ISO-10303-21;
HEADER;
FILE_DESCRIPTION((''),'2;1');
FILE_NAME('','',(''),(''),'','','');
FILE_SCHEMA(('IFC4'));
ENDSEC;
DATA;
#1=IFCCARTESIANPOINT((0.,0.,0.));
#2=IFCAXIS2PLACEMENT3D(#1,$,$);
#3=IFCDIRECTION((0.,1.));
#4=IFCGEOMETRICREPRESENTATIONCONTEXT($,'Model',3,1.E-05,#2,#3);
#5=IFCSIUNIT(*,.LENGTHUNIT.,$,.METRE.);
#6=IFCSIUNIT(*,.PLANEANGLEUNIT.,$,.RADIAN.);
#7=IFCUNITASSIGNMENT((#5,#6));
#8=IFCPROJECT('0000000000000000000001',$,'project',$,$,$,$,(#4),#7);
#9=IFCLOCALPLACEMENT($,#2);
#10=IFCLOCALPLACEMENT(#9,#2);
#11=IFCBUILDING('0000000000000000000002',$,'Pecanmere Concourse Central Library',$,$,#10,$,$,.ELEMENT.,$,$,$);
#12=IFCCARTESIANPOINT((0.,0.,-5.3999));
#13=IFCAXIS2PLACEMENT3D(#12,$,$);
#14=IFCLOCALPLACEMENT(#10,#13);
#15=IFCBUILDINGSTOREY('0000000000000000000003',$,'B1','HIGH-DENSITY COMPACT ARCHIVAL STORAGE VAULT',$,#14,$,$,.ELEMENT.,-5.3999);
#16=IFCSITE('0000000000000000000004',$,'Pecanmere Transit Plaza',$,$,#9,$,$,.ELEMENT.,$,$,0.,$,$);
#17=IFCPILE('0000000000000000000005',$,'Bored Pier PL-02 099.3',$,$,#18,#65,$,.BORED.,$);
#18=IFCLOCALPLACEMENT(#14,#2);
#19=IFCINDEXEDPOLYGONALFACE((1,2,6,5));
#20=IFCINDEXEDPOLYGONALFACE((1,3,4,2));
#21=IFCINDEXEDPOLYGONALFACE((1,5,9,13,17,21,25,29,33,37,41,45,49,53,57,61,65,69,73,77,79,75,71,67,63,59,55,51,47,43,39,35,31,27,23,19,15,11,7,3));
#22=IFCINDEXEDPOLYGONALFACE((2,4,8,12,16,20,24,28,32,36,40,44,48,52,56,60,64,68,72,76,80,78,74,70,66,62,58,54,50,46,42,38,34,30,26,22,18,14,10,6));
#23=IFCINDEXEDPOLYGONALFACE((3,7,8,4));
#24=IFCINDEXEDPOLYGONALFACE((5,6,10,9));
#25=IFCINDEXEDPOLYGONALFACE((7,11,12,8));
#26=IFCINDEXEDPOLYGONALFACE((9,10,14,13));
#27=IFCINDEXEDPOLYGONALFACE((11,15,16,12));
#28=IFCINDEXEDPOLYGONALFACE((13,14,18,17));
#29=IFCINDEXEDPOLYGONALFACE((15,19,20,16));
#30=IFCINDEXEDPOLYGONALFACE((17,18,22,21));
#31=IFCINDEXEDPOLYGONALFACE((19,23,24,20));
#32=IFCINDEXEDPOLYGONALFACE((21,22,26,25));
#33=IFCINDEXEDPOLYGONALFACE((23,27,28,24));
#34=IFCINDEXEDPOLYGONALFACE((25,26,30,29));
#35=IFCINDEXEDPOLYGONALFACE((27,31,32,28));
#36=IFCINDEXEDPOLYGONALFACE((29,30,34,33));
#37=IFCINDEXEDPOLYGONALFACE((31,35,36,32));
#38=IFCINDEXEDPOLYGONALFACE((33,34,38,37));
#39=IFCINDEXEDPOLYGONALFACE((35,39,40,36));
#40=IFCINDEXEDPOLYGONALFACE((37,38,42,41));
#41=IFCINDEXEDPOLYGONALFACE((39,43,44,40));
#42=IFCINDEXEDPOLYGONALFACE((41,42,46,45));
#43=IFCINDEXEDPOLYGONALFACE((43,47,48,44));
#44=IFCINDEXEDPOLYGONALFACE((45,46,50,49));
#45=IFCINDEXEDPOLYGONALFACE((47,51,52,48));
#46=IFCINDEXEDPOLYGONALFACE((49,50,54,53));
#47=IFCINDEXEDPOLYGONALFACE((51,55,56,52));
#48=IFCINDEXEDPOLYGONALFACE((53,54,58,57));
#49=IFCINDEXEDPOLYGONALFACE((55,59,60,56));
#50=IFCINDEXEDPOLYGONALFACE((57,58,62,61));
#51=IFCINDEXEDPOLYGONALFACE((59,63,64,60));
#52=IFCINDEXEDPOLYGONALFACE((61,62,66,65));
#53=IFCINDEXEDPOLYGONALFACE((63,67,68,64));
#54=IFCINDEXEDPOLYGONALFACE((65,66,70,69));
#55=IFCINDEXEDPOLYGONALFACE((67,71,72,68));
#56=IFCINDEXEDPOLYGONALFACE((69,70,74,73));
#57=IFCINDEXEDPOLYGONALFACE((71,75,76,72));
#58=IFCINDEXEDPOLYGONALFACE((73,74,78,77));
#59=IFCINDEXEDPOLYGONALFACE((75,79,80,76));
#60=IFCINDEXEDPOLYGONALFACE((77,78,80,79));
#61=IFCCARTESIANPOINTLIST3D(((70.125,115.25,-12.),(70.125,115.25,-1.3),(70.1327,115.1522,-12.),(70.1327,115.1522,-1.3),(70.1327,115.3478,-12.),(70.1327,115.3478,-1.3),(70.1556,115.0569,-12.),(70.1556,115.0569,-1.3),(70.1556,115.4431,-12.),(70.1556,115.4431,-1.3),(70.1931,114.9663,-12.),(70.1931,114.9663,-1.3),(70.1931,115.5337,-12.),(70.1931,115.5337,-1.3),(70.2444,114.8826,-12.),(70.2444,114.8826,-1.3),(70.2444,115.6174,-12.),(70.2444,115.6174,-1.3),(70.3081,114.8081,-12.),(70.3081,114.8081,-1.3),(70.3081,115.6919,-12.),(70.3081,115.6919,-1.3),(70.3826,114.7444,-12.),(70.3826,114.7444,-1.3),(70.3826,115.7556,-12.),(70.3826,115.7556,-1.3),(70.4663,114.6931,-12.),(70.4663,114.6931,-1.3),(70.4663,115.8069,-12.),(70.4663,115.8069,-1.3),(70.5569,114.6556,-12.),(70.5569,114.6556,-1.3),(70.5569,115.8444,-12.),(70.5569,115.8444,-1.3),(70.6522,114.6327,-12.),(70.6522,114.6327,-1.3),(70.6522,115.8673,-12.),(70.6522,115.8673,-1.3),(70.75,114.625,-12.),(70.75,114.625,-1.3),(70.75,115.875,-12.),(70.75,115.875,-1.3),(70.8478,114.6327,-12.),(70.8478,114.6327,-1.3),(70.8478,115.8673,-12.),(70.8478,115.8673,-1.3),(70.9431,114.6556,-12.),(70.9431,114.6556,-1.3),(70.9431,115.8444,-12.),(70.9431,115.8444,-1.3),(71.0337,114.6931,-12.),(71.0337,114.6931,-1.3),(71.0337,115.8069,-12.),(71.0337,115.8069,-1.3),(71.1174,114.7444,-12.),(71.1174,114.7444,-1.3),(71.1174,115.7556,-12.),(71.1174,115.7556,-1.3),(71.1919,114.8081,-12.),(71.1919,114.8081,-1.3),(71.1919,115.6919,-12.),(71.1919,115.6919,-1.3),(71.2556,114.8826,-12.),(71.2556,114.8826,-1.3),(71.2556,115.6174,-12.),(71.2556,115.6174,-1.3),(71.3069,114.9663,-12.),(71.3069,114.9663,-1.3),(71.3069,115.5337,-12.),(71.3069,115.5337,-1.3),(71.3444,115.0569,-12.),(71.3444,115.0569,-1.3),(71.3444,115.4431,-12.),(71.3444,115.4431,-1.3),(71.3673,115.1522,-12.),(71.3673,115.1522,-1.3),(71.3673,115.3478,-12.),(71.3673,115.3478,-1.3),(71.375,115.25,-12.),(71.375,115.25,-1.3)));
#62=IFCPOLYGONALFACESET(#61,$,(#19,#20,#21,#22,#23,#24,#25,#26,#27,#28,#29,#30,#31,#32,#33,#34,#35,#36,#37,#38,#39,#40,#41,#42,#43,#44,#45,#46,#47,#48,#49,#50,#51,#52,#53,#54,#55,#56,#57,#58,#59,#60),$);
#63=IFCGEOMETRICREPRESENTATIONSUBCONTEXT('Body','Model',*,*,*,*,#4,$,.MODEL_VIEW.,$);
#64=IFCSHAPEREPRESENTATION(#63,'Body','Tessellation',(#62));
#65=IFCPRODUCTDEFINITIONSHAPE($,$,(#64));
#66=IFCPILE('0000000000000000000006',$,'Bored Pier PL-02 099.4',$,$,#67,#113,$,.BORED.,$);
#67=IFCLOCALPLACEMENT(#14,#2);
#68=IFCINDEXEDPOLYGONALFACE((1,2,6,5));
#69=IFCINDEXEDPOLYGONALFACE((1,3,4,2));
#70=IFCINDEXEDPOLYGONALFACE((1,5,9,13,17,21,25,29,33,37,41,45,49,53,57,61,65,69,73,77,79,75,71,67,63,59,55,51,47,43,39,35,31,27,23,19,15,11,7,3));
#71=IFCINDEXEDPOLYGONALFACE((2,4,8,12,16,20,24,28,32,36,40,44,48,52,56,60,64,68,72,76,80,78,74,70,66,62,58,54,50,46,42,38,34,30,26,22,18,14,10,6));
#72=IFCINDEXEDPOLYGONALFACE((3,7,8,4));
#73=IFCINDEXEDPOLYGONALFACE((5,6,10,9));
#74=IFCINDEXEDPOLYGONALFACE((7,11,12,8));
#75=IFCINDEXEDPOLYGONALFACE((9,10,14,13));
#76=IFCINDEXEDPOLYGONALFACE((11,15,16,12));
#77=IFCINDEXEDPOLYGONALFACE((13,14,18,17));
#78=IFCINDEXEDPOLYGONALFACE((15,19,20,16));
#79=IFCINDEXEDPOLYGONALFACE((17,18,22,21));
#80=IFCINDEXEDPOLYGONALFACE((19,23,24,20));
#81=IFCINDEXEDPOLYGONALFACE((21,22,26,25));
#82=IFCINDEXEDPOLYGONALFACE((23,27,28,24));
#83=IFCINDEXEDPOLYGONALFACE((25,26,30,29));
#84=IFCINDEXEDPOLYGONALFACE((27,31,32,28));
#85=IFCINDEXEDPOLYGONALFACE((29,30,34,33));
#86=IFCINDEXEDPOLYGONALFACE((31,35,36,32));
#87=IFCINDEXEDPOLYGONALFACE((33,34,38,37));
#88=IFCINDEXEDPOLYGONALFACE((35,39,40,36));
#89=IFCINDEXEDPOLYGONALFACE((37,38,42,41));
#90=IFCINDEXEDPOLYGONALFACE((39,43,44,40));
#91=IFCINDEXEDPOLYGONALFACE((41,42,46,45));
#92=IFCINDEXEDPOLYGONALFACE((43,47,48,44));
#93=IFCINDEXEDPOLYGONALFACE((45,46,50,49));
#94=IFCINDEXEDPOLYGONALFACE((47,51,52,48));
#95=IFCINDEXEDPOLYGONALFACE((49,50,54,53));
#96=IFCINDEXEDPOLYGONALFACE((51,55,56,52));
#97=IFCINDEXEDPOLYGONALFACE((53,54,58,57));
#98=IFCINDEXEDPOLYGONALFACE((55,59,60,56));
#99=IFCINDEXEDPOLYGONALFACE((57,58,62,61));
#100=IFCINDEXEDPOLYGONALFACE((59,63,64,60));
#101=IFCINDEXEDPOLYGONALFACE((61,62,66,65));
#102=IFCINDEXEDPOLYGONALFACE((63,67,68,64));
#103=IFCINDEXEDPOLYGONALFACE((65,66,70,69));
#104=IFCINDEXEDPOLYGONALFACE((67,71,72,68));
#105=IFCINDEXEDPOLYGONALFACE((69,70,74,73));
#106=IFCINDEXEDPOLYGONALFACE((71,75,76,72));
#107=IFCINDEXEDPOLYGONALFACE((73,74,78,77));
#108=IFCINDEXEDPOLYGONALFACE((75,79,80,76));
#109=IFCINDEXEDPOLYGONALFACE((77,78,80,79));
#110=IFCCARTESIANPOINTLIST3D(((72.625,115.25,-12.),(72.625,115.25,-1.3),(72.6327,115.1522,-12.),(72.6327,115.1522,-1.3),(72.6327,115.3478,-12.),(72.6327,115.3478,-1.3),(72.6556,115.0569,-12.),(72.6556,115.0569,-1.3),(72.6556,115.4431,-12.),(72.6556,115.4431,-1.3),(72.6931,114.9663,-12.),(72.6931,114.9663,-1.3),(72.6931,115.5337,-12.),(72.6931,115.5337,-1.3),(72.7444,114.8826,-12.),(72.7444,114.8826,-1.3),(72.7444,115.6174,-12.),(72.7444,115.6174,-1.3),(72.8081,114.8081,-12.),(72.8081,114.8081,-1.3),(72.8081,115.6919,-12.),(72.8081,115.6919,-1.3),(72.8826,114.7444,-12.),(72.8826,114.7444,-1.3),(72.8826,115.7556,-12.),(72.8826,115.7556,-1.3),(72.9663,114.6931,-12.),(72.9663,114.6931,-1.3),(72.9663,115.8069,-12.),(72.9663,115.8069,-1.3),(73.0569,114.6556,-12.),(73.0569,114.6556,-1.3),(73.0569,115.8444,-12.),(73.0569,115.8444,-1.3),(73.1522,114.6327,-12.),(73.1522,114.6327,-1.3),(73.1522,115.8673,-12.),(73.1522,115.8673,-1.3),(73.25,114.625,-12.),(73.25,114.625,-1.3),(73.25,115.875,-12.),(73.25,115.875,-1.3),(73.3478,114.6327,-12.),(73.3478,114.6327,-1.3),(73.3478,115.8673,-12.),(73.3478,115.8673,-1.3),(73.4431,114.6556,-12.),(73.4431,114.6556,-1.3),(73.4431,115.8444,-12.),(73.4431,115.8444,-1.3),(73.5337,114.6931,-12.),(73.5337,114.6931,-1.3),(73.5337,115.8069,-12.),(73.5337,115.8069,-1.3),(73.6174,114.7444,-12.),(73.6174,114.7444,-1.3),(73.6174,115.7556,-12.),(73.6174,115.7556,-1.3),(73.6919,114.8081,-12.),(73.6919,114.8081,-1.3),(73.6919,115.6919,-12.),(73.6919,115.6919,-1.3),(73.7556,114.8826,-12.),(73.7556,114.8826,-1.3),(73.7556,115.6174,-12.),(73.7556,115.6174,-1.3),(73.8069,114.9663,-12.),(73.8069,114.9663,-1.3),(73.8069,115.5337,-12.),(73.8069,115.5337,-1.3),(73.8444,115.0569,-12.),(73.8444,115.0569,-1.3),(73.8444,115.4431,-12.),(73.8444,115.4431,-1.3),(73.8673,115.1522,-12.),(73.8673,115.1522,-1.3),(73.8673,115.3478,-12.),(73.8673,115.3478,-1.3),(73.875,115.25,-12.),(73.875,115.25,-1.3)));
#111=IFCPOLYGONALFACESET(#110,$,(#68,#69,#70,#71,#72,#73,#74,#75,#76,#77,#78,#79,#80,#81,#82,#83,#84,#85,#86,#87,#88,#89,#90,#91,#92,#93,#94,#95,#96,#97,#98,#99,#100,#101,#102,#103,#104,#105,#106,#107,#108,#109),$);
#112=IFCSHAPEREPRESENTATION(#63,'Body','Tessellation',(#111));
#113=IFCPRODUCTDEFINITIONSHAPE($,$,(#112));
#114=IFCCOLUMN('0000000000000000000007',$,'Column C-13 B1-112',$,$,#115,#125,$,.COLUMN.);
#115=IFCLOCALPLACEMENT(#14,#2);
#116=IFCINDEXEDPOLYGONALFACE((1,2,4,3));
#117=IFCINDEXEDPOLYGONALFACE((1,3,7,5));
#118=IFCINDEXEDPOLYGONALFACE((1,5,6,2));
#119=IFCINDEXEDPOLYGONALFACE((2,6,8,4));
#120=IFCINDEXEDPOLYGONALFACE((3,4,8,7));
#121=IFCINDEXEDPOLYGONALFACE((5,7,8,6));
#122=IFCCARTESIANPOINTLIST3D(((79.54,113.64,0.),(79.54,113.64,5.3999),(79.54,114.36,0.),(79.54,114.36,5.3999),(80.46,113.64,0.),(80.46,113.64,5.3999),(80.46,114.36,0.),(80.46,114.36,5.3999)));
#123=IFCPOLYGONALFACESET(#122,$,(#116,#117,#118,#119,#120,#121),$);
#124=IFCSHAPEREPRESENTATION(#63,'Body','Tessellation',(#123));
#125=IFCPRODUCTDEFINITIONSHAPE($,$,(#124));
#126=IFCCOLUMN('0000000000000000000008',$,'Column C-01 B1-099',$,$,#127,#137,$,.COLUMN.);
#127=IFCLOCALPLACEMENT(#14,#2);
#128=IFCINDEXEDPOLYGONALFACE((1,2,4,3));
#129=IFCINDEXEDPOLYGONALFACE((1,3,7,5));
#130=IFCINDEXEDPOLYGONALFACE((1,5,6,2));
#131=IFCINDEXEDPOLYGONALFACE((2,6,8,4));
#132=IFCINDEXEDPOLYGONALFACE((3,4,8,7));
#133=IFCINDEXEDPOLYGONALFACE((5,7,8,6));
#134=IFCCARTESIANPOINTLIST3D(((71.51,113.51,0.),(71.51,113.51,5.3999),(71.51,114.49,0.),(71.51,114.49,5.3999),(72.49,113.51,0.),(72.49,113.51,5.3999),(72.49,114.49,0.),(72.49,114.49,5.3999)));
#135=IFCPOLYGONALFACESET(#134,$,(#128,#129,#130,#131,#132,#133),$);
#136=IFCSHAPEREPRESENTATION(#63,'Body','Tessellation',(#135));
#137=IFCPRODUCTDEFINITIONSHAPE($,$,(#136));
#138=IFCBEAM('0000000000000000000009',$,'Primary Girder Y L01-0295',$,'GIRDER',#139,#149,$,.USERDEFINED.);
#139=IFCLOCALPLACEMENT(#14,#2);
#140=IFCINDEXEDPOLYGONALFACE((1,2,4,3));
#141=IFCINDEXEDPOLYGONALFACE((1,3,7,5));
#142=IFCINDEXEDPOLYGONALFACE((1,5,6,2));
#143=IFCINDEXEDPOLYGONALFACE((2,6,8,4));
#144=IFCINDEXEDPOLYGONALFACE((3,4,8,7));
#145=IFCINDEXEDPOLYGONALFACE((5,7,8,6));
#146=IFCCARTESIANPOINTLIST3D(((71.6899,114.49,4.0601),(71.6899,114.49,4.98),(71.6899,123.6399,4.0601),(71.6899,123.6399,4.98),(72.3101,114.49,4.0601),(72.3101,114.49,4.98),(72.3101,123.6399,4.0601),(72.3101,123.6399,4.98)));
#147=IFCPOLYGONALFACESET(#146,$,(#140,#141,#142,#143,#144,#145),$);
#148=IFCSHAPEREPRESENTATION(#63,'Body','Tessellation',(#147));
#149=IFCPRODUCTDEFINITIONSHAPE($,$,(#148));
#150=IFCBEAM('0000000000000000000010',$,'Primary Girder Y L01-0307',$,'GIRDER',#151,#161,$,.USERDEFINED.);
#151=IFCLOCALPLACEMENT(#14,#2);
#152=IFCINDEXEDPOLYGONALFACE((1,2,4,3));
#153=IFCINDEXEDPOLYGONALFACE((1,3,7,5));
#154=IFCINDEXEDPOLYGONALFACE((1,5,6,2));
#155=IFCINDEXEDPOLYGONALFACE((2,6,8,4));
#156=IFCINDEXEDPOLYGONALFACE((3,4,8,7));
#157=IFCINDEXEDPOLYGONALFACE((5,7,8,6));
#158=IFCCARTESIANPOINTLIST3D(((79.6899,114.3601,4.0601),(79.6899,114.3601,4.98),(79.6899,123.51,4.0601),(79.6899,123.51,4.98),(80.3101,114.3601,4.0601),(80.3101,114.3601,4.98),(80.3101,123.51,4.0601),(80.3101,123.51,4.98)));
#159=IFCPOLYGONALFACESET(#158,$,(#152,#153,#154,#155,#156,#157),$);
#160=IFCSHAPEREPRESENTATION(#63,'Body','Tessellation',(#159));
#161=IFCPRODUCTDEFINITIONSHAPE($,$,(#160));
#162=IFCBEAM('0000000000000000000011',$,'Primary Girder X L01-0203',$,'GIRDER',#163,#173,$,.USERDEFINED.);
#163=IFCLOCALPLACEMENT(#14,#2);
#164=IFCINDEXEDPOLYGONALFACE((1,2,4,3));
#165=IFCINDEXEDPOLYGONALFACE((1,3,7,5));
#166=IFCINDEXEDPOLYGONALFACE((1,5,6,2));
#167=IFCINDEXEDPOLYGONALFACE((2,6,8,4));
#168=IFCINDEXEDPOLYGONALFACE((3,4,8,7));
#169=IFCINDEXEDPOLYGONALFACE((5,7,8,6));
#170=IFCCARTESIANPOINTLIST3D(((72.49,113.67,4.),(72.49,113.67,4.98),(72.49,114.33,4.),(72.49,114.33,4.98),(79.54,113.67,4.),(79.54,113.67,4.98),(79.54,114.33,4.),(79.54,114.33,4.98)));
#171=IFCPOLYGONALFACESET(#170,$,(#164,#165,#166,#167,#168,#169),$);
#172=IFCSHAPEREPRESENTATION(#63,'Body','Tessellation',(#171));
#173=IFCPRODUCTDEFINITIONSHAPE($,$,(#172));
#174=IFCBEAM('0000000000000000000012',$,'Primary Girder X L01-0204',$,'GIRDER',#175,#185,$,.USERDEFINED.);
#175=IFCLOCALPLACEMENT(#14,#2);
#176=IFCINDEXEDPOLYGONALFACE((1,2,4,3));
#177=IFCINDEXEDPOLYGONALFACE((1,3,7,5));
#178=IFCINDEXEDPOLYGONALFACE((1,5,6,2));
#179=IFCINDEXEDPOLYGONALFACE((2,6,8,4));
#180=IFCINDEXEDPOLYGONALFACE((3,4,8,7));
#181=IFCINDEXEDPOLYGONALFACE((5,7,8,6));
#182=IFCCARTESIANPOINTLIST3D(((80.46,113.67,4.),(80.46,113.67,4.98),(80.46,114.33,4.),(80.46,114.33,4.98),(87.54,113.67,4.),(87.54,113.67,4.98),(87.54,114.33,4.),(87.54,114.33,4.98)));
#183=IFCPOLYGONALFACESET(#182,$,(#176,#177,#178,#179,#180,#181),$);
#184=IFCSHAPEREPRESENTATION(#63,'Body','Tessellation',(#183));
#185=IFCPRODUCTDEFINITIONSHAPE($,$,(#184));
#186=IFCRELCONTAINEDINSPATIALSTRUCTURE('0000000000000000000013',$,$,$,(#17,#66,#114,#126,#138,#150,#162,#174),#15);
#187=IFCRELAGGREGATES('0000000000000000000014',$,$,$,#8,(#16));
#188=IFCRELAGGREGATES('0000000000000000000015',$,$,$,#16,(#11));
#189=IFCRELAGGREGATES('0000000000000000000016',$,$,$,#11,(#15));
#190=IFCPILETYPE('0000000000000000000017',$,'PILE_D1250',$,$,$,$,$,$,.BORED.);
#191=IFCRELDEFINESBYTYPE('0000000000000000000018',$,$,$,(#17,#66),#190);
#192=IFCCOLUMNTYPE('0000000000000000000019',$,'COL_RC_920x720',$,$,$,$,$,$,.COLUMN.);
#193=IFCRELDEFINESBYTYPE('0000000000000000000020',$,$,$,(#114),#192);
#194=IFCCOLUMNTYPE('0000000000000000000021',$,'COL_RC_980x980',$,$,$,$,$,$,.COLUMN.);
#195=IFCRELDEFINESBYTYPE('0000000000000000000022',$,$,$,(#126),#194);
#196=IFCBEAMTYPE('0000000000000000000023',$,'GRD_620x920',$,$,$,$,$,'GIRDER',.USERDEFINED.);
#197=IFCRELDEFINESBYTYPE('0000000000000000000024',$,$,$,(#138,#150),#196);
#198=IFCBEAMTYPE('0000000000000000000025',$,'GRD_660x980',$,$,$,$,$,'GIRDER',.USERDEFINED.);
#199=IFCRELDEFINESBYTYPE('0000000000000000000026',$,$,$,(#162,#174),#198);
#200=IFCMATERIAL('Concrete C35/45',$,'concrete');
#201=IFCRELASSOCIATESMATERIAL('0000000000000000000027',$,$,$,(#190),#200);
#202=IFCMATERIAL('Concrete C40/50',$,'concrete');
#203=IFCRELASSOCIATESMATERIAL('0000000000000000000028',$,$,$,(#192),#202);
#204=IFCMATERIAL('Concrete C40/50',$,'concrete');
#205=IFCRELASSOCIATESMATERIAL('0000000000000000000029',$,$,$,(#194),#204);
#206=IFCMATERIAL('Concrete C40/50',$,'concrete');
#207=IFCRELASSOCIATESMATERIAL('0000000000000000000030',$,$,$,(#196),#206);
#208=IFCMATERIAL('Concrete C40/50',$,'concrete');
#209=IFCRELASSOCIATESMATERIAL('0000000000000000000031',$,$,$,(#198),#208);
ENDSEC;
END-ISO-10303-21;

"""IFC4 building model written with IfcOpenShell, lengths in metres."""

from ifc_helpers import new_model, si_unit, direction, frame, origin, origin_2d, place, context, subcontext, project, spatial, rectangle, circle, extrude, material, material_profile, profile_set, type_object, element, save


model = new_model("IFC4")

# Units and contexts
model_context = context("Model", 3, precision=1e-05, world=origin(), true_north=direction((0.0, 1.0)))
body_context = subcontext(model_context, "Body", "Model", "MODEL_VIEW")
ifc_project = project(units=[si_unit("LENGTHUNIT", "METRE"), si_unit("PLANEANGLEUNIT", "RADIAN")], contexts=[model_context])

# Site, building, storey
site_placement = place(None, origin())
site = spatial("IfcSite", under=ifc_project, at=site_placement, Name="Pecanmere Transit Plaza", CompositionType="ELEMENT", RefElevation=0.0)
building_placement = place(site_placement, origin())
building = spatial("IfcBuilding", under=site, at=building_placement, Name="Pecanmere Concourse Central Library", CompositionType="ELEMENT")
storey_placement = place(building_placement, frame((0.0, 0.0, -5.3999)))
storey = spatial("IfcBuildingStorey", under=building, at=storey_placement, Name="B1", Description="HIGH-DENSITY COMPACT ARCHIVAL STORAGE VAULT", CompositionType="ELEMENT", Elevation=-5.3999)

# Piles
ifc_material_1 = material(Name="Concrete C35/45", Category="concrete")
ifc_material_profile_1 = material_profile(ifc_material_1, circle(Radius=0.625, at=origin_2d()), Name="PIER D1250")
ifc_profile_set_1 = profile_set([ifc_material_profile_1], Name="Concrete C35/45")
pile_type_1 = type_object("IfcPileType", Name="PILE_D1250", PredefinedType="BORED", material=ifc_profile_set_1)
for number, where, z_axis, x_axis, name in (
    (1, (70.75, 115.25, -1.3), (0.0, 0.0, -1.0), (1.0, 0.0, 0.0), "Bored Pier PL-02 099.3"),
    (2, (73.25, 115.25, -1.3), (0.0, 0.0, -1.0), (1.0, 0.0, 0.0), "Bored Pier PL-02 099.4"),
):
    element("IfcPile", number, at=place(storey_placement, frame(where, z_axis=z_axis, x_axis=x_axis)), inside=storey, type_object=pile_type_1, Name=name, PredefinedType="BORED", context=body_context, shape_type="SweptSolid", body=[
        extrude(circle(Radius=0.625, at=origin_2d()), origin(), (0.0, 0.0, 1.0), 10.7),
    ])

# Columns
ifc_material_2 = material(Name="Concrete C40/50", Category="concrete")
ifc_material_profile_2 = material_profile(ifc_material_2, rectangle(XDim=0.9199, YDim=0.72, at=origin_2d()), Name="RC 920x720")
ifc_profile_set_2 = profile_set([ifc_material_profile_2], Name="Concrete C40/50")
column_type_1 = type_object("IfcColumnType", Name="COL_RC_920x720", PredefinedType="COLUMN", material=ifc_profile_set_2)
column_1_placement = place(storey_placement, frame((80.0, 114.0, 0.0), z_axis=(0.0, 0.0, 1.0), x_axis=(1.0, 0.0, 0.0)))
element("IfcColumn", 3, at=column_1_placement, inside=storey, type_object=column_type_1, Name="Column C-13 B1-112", PredefinedType="COLUMN", context=body_context, shape_type="SweptSolid", body=[
    extrude(rectangle(XDim=0.9199, YDim=0.72, at=origin_2d()), origin(), (0.0, 0.0, 1.0), 5.3999),
])
ifc_material_3 = material(Name="Concrete C40/50", Category="concrete")
ifc_material_profile_3 = material_profile(ifc_material_3, rectangle(XDim=0.98, YDim=0.98, at=origin_2d()), Name="RC 980x980")
ifc_profile_set_3 = profile_set([ifc_material_profile_3], Name="Concrete C40/50")
column_type_2 = type_object("IfcColumnType", Name="COL_RC_980x980", PredefinedType="COLUMN", material=ifc_profile_set_3)
column_2_placement = place(storey_placement, frame((72.0, 114.0, 0.0), z_axis=(0.0, 0.0, 1.0), x_axis=(1.0, 0.0, 0.0)))
element("IfcColumn", 4, at=column_2_placement, inside=storey, type_object=column_type_2, Name="Column C-01 B1-099", PredefinedType="COLUMN", context=body_context, shape_type="SweptSolid", body=[
    extrude(rectangle(XDim=0.98, YDim=0.98, at=origin_2d()), origin(), (0.0, 0.0, 1.0), 5.3999),
])

# Beams
ifc_material_4 = material(Name="Concrete C40/50", Category="concrete")
ifc_material_profile_4 = material_profile(ifc_material_4, rectangle(XDim=0.6201, YDim=0.9199, at=origin_2d()), Name="RC 620x920")
ifc_profile_set_4 = profile_set([ifc_material_profile_4], Name="Concrete C40/50")
beam_type_1 = type_object("IfcBeamType", Name="GRD_620x920", ElementType="GIRDER", PredefinedType="USERDEFINED", material=ifc_profile_set_4)
for number, where, z_axis, x_axis, name in (
    (5, (72.0, 114.49, 4.52), (0.0, 1.0, 0.0), (-1.0, 0.0, 0.0), "Primary Girder Y L01-0295"),
    (6, (80.0, 114.3601, 4.52), (0.0, 1.0, 0.0), (-1.0, 0.0, 0.0), "Primary Girder Y L01-0307"),
):
    element("IfcBeam", number, at=place(storey_placement, frame(where, z_axis=z_axis, x_axis=x_axis)), inside=storey, type_object=beam_type_1, Name=name, ObjectType="GIRDER", PredefinedType="USERDEFINED", context=body_context, shape_type="SweptSolid", body=[
        extrude(rectangle(XDim=0.6201, YDim=0.9199, at=origin_2d()), origin(), (0.0, 0.0, 1.0), 9.1499),
    ])
ifc_material_5 = material(Name="Concrete C40/50", Category="concrete")
ifc_material_profile_5 = material_profile(ifc_material_5, rectangle(XDim=0.6599, YDim=0.98, at=origin_2d()), Name="RC 660x980")
ifc_profile_set_5 = profile_set([ifc_material_profile_5], Name="Concrete C40/50")
beam_type_2 = type_object("IfcBeamType", Name="GRD_660x980", ElementType="GIRDER", PredefinedType="USERDEFINED", material=ifc_profile_set_5)
beam_1_placement = place(storey_placement, frame((72.49, 114.0, 4.49), z_axis=(1.0, 0.0, 0.0), x_axis=(0.0, 1.0, 0.0)))
element("IfcBeam", 7, at=beam_1_placement, inside=storey, type_object=beam_type_2, Name="Primary Girder X L01-0203", ObjectType="GIRDER", PredefinedType="USERDEFINED", context=body_context, shape_type="SweptSolid", body=[
    extrude(rectangle(XDim=0.6599, YDim=0.98, at=origin_2d()), origin(), (0.0, 0.0, 1.0), 7.05),
])
beam_2_placement = place(storey_placement, frame((80.46, 114.0, 4.49), z_axis=(1.0, 0.0, 0.0), x_axis=(0.0, 1.0, 0.0)))
element("IfcBeam", 8, at=beam_2_placement, inside=storey, type_object=beam_type_2, Name="Primary Girder X L01-0204", ObjectType="GIRDER", PredefinedType="USERDEFINED", context=body_context, shape_type="SweptSolid", body=[
    extrude(rectangle(XDim=0.6599, YDim=0.98, at=origin_2d()), origin(), (0.0, 0.0, 1.0), 7.0801),
])

save(model, "model.ifc")
